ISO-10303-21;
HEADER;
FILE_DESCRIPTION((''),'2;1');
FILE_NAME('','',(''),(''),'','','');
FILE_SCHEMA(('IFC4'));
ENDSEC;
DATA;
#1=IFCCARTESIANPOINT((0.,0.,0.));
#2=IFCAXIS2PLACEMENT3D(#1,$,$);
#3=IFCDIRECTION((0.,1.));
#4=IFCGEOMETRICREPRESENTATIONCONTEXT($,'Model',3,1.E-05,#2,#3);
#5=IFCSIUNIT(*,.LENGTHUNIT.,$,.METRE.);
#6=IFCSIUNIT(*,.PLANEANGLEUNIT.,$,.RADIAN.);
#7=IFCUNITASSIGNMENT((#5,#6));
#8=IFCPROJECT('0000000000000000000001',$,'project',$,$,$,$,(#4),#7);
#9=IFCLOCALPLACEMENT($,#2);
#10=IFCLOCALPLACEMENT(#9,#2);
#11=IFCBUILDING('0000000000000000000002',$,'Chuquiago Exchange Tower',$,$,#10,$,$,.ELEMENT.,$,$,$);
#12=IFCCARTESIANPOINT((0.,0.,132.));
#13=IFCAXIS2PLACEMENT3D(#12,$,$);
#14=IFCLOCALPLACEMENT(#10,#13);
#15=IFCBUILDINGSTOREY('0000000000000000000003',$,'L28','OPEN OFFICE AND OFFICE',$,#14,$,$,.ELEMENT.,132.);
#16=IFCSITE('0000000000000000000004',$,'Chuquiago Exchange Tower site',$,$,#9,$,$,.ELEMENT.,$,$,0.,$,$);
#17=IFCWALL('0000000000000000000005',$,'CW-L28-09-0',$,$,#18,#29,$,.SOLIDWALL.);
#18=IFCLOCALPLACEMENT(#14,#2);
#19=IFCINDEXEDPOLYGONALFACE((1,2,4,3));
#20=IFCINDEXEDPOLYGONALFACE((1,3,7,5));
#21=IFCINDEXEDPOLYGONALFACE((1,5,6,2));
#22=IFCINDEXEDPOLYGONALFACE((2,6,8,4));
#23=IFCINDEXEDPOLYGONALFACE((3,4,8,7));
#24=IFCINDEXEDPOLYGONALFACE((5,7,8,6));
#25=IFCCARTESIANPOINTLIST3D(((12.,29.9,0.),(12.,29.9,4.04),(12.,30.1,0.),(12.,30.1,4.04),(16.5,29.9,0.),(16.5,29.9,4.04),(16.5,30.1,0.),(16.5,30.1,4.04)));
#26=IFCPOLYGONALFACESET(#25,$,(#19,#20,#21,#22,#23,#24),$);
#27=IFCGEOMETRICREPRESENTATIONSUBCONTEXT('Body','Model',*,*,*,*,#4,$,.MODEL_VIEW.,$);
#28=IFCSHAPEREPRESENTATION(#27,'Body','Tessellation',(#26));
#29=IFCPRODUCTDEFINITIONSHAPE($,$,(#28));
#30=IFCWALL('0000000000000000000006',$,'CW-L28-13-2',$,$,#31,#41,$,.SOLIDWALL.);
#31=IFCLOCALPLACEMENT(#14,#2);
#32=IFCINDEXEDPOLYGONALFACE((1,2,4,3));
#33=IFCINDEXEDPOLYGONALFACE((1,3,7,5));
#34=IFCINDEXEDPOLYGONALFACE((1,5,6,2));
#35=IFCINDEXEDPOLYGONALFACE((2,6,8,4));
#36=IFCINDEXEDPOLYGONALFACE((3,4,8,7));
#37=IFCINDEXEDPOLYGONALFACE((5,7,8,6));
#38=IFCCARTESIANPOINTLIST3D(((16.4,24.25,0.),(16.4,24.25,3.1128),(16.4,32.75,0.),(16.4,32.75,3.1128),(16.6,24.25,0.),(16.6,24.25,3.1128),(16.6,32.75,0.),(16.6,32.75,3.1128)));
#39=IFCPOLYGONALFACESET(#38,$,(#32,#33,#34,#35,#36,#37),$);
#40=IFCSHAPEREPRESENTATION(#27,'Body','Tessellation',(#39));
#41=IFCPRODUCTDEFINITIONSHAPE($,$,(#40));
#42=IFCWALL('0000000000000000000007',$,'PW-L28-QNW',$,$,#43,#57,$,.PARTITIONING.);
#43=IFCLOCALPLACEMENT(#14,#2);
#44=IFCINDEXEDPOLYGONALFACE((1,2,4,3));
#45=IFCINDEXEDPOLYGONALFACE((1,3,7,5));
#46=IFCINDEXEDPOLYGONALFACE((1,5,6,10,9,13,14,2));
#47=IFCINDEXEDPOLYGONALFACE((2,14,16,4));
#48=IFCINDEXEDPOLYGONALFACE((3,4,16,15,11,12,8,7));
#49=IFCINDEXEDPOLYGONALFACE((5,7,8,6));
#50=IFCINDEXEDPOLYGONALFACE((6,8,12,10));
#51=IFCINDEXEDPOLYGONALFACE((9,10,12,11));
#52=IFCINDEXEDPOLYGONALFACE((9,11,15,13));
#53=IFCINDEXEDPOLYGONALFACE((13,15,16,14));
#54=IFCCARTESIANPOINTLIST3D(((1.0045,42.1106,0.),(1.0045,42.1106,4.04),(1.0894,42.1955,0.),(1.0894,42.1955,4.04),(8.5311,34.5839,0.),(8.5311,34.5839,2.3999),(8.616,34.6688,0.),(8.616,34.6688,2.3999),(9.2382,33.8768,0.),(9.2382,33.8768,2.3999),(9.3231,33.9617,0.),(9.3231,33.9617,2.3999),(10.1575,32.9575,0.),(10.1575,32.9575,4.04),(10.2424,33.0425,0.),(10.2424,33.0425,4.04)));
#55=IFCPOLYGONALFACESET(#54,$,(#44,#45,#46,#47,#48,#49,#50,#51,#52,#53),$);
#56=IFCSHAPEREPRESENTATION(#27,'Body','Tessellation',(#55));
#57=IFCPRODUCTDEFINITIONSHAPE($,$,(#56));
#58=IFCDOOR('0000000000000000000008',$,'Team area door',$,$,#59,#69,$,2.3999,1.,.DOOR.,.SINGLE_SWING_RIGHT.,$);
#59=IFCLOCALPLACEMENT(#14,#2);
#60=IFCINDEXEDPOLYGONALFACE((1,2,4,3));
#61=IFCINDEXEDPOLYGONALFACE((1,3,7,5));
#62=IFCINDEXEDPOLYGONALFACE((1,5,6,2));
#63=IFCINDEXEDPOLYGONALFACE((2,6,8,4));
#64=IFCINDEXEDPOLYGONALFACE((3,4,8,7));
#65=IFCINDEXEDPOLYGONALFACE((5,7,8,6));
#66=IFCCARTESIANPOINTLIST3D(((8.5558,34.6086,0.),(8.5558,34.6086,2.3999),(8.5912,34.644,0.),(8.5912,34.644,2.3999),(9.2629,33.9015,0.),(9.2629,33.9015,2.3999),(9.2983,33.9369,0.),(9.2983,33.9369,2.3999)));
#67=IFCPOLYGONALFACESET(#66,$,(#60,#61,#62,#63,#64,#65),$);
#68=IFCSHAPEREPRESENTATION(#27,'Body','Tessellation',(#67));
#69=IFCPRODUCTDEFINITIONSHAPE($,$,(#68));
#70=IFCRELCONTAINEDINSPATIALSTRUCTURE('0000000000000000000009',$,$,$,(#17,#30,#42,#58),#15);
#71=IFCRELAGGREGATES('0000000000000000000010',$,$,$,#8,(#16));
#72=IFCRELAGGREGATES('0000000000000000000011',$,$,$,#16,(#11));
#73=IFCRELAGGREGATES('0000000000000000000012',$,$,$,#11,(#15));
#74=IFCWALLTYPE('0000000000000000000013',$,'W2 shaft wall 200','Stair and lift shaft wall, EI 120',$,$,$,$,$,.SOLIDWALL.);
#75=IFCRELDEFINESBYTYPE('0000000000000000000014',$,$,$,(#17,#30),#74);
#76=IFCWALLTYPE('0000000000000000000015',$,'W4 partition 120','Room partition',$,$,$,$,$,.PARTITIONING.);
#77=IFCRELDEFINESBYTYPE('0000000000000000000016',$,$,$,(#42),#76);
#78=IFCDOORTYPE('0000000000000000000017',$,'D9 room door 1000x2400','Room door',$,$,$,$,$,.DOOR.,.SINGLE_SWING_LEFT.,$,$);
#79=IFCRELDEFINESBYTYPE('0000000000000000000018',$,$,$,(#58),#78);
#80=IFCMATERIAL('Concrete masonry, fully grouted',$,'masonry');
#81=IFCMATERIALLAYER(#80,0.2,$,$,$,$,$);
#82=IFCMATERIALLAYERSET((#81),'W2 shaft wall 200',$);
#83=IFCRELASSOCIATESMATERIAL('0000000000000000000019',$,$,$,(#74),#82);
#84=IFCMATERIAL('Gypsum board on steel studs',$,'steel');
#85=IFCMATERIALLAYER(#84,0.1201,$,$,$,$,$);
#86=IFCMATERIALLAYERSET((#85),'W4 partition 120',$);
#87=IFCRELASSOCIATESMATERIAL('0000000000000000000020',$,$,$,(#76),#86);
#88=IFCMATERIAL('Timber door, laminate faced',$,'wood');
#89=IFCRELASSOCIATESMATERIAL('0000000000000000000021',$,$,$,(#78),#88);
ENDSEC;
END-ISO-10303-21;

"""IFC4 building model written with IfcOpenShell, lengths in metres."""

from ifc_helpers import new_model, si_unit, direction, frame, frame_2d, origin, place, context, subcontext, project, spatial, rectangle, extrude, material, layer, layer_set, type_object, element, fill, save


model = new_model("IFC4")

# Units and contexts
model_context = context("Model", 3, precision=1e-05, world=origin(), true_north=direction((0.0, 1.0)))
body_context = subcontext(model_context, "Body", "Model", "MODEL_VIEW")
ifc_project = project(units=[si_unit("LENGTHUNIT", "METRE"), si_unit("PLANEANGLEUNIT", "RADIAN")], contexts=[model_context])

# Site, building, storey
site_placement = place(None, origin())
site = spatial("IfcSite", under=ifc_project, at=site_placement, Name="Chuquiago Exchange Tower site", CompositionType="ELEMENT", RefElevation=0.0)
building_placement = place(site_placement, origin())
building = spatial("IfcBuilding", under=site, at=building_placement, Name="Chuquiago Exchange Tower", CompositionType="ELEMENT")
storey_placement = place(building_placement, frame((0.0, 0.0, 132.0)))
storey = spatial("IfcBuildingStorey", under=building, at=storey_placement, Name="L28", Description="OPEN OFFICE AND OFFICE", CompositionType="ELEMENT", Elevation=132.0)

# Shared definitions
ifc_material_1 = material(Name="Concrete masonry, fully grouted", Category="masonry")
ifc_layer_1 = layer(ifc_material_1, 0.2)
ifc_layer_set_1 = layer_set([ifc_layer_1], Name="W2 shaft wall 200")
wall_type_1 = type_object("IfcWallType", Name="W2 shaft wall 200", Description="Stair and lift shaft wall, EI 120", PredefinedType="SOLIDWALL", material=ifc_layer_set_1)

# Walls
wall_1_placement = place(storey_placement, frame((12.0, 30.0, 0.0), z_axis=(0.0, 0.0, 1.0), x_axis=(1.0, 0.0, 0.0)))
element("IfcWall", 1, at=wall_1_placement, inside=storey, type_object=wall_type_1, Name="CW-L28-09-0", PredefinedType="SOLIDWALL", context=body_context, shape_type="SweptSolid", body=[
    extrude(rectangle(XDim=4.5, YDim=0.2, at=frame_2d((2.25, 0.0))), origin(), (0.0, 0.0, 1.0), 4.04),
])
wall_2_placement = place(storey_placement, frame((16.5, 24.25, 0.0), z_axis=(0.0, 0.0, 1.0), x_axis=(0.0, 1.0, 0.0)))
element("IfcWall", 2, at=wall_2_placement, inside=storey, type_object=wall_type_1, Name="CW-L28-13-2", PredefinedType="SOLIDWALL", context=body_context, shape_type="SweptSolid", body=[
    extrude(rectangle(XDim=8.5, YDim=0.2, at=frame_2d((4.25, 0.0))), origin(), (0.0, 0.0, 1.0), 3.1128),
])

# Wall, opening, door
ifc_material_2 = material(Name="Gypsum board on steel studs", Category="steel")
ifc_layer_2 = layer(ifc_material_2, 0.1201)
ifc_layer_set_2 = layer_set([ifc_layer_2], Name="W4 partition 120")
wall_type_2 = type_object("IfcWallType", Name="W4 partition 120", Description="Room partition", PredefinedType="PARTITIONING", material=ifc_layer_set_2)
ifc_material_3 = material(Name="Timber door, laminate faced", Category="wood")
door_type_1 = type_object("IfcDoorType", Name="D9 room door 1000x2400", Description="Room door", OperationType="SINGLE_SWING_LEFT", PredefinedType="DOOR", material=ifc_material_3)
wall_3_placement = place(storey_placement, frame((10.2, 33.0, 0.0), z_axis=(0.0, 0.0, 1.0), x_axis=(-0.707107, 0.707107, 0.0)))
wall_3 = element("IfcWall", 3, at=wall_3_placement, inside=storey, type_object=wall_type_2, Name="PW-L28-QNW", PredefinedType="PARTITIONING", context=body_context, shape_type="SweptSolid", body=[
    extrude(rectangle(XDim=12.9443, YDim=0.1201, at=frame_2d((6.4722, 0.0))), origin(), (0.0, 0.0, 1.0), 4.04),
])
opening_1_placement = place(wall_3_placement, frame((1.3, 0.0, 0.0)))
opening_1 = element("IfcOpeningElement", 4, at=opening_1_placement, cuts=wall_3, PredefinedType="OPENING", context=body_context, shape_type="SweptSolid", body=[
    extrude(rectangle(XDim=1.0, YDim=2.3999, at=frame_2d((0.5, 1.2))), frame((0.0, 0.0701, 0.0), z_axis=(0.0, -1.0, 0.0), x_axis=(1.0, 0.0, 0.0)), (0.0, 0.0, 1.0), 0.1401),
])
door_1_placement = place(opening_1_placement, frame((1.0, 0.0, 0.0), z_axis=(0.0, 0.0, 1.0), x_axis=(-1.0, 0.0, 0.0)))
door_1 = element("IfcDoor", 5, at=door_1_placement, inside=storey, type_object=door_type_1, Name="Team area door", OperationType="SINGLE_SWING_RIGHT", OverallHeight=2.3999, OverallWidth=1.0, PredefinedType="DOOR", context=body_context, shape_type="SweptSolid", body=[
    extrude(rectangle(XDim=1.0, YDim=2.3999, at=frame_2d((0.5, 1.2))), frame((0.0, 0.0249, 0.0), z_axis=(0.0, -1.0, 0.0), x_axis=(1.0, 0.0, 0.0)), (0.0, 0.0, 1.0), 0.05),
])
fill(opening_1, door_1)

save(model, "model.ifc")
